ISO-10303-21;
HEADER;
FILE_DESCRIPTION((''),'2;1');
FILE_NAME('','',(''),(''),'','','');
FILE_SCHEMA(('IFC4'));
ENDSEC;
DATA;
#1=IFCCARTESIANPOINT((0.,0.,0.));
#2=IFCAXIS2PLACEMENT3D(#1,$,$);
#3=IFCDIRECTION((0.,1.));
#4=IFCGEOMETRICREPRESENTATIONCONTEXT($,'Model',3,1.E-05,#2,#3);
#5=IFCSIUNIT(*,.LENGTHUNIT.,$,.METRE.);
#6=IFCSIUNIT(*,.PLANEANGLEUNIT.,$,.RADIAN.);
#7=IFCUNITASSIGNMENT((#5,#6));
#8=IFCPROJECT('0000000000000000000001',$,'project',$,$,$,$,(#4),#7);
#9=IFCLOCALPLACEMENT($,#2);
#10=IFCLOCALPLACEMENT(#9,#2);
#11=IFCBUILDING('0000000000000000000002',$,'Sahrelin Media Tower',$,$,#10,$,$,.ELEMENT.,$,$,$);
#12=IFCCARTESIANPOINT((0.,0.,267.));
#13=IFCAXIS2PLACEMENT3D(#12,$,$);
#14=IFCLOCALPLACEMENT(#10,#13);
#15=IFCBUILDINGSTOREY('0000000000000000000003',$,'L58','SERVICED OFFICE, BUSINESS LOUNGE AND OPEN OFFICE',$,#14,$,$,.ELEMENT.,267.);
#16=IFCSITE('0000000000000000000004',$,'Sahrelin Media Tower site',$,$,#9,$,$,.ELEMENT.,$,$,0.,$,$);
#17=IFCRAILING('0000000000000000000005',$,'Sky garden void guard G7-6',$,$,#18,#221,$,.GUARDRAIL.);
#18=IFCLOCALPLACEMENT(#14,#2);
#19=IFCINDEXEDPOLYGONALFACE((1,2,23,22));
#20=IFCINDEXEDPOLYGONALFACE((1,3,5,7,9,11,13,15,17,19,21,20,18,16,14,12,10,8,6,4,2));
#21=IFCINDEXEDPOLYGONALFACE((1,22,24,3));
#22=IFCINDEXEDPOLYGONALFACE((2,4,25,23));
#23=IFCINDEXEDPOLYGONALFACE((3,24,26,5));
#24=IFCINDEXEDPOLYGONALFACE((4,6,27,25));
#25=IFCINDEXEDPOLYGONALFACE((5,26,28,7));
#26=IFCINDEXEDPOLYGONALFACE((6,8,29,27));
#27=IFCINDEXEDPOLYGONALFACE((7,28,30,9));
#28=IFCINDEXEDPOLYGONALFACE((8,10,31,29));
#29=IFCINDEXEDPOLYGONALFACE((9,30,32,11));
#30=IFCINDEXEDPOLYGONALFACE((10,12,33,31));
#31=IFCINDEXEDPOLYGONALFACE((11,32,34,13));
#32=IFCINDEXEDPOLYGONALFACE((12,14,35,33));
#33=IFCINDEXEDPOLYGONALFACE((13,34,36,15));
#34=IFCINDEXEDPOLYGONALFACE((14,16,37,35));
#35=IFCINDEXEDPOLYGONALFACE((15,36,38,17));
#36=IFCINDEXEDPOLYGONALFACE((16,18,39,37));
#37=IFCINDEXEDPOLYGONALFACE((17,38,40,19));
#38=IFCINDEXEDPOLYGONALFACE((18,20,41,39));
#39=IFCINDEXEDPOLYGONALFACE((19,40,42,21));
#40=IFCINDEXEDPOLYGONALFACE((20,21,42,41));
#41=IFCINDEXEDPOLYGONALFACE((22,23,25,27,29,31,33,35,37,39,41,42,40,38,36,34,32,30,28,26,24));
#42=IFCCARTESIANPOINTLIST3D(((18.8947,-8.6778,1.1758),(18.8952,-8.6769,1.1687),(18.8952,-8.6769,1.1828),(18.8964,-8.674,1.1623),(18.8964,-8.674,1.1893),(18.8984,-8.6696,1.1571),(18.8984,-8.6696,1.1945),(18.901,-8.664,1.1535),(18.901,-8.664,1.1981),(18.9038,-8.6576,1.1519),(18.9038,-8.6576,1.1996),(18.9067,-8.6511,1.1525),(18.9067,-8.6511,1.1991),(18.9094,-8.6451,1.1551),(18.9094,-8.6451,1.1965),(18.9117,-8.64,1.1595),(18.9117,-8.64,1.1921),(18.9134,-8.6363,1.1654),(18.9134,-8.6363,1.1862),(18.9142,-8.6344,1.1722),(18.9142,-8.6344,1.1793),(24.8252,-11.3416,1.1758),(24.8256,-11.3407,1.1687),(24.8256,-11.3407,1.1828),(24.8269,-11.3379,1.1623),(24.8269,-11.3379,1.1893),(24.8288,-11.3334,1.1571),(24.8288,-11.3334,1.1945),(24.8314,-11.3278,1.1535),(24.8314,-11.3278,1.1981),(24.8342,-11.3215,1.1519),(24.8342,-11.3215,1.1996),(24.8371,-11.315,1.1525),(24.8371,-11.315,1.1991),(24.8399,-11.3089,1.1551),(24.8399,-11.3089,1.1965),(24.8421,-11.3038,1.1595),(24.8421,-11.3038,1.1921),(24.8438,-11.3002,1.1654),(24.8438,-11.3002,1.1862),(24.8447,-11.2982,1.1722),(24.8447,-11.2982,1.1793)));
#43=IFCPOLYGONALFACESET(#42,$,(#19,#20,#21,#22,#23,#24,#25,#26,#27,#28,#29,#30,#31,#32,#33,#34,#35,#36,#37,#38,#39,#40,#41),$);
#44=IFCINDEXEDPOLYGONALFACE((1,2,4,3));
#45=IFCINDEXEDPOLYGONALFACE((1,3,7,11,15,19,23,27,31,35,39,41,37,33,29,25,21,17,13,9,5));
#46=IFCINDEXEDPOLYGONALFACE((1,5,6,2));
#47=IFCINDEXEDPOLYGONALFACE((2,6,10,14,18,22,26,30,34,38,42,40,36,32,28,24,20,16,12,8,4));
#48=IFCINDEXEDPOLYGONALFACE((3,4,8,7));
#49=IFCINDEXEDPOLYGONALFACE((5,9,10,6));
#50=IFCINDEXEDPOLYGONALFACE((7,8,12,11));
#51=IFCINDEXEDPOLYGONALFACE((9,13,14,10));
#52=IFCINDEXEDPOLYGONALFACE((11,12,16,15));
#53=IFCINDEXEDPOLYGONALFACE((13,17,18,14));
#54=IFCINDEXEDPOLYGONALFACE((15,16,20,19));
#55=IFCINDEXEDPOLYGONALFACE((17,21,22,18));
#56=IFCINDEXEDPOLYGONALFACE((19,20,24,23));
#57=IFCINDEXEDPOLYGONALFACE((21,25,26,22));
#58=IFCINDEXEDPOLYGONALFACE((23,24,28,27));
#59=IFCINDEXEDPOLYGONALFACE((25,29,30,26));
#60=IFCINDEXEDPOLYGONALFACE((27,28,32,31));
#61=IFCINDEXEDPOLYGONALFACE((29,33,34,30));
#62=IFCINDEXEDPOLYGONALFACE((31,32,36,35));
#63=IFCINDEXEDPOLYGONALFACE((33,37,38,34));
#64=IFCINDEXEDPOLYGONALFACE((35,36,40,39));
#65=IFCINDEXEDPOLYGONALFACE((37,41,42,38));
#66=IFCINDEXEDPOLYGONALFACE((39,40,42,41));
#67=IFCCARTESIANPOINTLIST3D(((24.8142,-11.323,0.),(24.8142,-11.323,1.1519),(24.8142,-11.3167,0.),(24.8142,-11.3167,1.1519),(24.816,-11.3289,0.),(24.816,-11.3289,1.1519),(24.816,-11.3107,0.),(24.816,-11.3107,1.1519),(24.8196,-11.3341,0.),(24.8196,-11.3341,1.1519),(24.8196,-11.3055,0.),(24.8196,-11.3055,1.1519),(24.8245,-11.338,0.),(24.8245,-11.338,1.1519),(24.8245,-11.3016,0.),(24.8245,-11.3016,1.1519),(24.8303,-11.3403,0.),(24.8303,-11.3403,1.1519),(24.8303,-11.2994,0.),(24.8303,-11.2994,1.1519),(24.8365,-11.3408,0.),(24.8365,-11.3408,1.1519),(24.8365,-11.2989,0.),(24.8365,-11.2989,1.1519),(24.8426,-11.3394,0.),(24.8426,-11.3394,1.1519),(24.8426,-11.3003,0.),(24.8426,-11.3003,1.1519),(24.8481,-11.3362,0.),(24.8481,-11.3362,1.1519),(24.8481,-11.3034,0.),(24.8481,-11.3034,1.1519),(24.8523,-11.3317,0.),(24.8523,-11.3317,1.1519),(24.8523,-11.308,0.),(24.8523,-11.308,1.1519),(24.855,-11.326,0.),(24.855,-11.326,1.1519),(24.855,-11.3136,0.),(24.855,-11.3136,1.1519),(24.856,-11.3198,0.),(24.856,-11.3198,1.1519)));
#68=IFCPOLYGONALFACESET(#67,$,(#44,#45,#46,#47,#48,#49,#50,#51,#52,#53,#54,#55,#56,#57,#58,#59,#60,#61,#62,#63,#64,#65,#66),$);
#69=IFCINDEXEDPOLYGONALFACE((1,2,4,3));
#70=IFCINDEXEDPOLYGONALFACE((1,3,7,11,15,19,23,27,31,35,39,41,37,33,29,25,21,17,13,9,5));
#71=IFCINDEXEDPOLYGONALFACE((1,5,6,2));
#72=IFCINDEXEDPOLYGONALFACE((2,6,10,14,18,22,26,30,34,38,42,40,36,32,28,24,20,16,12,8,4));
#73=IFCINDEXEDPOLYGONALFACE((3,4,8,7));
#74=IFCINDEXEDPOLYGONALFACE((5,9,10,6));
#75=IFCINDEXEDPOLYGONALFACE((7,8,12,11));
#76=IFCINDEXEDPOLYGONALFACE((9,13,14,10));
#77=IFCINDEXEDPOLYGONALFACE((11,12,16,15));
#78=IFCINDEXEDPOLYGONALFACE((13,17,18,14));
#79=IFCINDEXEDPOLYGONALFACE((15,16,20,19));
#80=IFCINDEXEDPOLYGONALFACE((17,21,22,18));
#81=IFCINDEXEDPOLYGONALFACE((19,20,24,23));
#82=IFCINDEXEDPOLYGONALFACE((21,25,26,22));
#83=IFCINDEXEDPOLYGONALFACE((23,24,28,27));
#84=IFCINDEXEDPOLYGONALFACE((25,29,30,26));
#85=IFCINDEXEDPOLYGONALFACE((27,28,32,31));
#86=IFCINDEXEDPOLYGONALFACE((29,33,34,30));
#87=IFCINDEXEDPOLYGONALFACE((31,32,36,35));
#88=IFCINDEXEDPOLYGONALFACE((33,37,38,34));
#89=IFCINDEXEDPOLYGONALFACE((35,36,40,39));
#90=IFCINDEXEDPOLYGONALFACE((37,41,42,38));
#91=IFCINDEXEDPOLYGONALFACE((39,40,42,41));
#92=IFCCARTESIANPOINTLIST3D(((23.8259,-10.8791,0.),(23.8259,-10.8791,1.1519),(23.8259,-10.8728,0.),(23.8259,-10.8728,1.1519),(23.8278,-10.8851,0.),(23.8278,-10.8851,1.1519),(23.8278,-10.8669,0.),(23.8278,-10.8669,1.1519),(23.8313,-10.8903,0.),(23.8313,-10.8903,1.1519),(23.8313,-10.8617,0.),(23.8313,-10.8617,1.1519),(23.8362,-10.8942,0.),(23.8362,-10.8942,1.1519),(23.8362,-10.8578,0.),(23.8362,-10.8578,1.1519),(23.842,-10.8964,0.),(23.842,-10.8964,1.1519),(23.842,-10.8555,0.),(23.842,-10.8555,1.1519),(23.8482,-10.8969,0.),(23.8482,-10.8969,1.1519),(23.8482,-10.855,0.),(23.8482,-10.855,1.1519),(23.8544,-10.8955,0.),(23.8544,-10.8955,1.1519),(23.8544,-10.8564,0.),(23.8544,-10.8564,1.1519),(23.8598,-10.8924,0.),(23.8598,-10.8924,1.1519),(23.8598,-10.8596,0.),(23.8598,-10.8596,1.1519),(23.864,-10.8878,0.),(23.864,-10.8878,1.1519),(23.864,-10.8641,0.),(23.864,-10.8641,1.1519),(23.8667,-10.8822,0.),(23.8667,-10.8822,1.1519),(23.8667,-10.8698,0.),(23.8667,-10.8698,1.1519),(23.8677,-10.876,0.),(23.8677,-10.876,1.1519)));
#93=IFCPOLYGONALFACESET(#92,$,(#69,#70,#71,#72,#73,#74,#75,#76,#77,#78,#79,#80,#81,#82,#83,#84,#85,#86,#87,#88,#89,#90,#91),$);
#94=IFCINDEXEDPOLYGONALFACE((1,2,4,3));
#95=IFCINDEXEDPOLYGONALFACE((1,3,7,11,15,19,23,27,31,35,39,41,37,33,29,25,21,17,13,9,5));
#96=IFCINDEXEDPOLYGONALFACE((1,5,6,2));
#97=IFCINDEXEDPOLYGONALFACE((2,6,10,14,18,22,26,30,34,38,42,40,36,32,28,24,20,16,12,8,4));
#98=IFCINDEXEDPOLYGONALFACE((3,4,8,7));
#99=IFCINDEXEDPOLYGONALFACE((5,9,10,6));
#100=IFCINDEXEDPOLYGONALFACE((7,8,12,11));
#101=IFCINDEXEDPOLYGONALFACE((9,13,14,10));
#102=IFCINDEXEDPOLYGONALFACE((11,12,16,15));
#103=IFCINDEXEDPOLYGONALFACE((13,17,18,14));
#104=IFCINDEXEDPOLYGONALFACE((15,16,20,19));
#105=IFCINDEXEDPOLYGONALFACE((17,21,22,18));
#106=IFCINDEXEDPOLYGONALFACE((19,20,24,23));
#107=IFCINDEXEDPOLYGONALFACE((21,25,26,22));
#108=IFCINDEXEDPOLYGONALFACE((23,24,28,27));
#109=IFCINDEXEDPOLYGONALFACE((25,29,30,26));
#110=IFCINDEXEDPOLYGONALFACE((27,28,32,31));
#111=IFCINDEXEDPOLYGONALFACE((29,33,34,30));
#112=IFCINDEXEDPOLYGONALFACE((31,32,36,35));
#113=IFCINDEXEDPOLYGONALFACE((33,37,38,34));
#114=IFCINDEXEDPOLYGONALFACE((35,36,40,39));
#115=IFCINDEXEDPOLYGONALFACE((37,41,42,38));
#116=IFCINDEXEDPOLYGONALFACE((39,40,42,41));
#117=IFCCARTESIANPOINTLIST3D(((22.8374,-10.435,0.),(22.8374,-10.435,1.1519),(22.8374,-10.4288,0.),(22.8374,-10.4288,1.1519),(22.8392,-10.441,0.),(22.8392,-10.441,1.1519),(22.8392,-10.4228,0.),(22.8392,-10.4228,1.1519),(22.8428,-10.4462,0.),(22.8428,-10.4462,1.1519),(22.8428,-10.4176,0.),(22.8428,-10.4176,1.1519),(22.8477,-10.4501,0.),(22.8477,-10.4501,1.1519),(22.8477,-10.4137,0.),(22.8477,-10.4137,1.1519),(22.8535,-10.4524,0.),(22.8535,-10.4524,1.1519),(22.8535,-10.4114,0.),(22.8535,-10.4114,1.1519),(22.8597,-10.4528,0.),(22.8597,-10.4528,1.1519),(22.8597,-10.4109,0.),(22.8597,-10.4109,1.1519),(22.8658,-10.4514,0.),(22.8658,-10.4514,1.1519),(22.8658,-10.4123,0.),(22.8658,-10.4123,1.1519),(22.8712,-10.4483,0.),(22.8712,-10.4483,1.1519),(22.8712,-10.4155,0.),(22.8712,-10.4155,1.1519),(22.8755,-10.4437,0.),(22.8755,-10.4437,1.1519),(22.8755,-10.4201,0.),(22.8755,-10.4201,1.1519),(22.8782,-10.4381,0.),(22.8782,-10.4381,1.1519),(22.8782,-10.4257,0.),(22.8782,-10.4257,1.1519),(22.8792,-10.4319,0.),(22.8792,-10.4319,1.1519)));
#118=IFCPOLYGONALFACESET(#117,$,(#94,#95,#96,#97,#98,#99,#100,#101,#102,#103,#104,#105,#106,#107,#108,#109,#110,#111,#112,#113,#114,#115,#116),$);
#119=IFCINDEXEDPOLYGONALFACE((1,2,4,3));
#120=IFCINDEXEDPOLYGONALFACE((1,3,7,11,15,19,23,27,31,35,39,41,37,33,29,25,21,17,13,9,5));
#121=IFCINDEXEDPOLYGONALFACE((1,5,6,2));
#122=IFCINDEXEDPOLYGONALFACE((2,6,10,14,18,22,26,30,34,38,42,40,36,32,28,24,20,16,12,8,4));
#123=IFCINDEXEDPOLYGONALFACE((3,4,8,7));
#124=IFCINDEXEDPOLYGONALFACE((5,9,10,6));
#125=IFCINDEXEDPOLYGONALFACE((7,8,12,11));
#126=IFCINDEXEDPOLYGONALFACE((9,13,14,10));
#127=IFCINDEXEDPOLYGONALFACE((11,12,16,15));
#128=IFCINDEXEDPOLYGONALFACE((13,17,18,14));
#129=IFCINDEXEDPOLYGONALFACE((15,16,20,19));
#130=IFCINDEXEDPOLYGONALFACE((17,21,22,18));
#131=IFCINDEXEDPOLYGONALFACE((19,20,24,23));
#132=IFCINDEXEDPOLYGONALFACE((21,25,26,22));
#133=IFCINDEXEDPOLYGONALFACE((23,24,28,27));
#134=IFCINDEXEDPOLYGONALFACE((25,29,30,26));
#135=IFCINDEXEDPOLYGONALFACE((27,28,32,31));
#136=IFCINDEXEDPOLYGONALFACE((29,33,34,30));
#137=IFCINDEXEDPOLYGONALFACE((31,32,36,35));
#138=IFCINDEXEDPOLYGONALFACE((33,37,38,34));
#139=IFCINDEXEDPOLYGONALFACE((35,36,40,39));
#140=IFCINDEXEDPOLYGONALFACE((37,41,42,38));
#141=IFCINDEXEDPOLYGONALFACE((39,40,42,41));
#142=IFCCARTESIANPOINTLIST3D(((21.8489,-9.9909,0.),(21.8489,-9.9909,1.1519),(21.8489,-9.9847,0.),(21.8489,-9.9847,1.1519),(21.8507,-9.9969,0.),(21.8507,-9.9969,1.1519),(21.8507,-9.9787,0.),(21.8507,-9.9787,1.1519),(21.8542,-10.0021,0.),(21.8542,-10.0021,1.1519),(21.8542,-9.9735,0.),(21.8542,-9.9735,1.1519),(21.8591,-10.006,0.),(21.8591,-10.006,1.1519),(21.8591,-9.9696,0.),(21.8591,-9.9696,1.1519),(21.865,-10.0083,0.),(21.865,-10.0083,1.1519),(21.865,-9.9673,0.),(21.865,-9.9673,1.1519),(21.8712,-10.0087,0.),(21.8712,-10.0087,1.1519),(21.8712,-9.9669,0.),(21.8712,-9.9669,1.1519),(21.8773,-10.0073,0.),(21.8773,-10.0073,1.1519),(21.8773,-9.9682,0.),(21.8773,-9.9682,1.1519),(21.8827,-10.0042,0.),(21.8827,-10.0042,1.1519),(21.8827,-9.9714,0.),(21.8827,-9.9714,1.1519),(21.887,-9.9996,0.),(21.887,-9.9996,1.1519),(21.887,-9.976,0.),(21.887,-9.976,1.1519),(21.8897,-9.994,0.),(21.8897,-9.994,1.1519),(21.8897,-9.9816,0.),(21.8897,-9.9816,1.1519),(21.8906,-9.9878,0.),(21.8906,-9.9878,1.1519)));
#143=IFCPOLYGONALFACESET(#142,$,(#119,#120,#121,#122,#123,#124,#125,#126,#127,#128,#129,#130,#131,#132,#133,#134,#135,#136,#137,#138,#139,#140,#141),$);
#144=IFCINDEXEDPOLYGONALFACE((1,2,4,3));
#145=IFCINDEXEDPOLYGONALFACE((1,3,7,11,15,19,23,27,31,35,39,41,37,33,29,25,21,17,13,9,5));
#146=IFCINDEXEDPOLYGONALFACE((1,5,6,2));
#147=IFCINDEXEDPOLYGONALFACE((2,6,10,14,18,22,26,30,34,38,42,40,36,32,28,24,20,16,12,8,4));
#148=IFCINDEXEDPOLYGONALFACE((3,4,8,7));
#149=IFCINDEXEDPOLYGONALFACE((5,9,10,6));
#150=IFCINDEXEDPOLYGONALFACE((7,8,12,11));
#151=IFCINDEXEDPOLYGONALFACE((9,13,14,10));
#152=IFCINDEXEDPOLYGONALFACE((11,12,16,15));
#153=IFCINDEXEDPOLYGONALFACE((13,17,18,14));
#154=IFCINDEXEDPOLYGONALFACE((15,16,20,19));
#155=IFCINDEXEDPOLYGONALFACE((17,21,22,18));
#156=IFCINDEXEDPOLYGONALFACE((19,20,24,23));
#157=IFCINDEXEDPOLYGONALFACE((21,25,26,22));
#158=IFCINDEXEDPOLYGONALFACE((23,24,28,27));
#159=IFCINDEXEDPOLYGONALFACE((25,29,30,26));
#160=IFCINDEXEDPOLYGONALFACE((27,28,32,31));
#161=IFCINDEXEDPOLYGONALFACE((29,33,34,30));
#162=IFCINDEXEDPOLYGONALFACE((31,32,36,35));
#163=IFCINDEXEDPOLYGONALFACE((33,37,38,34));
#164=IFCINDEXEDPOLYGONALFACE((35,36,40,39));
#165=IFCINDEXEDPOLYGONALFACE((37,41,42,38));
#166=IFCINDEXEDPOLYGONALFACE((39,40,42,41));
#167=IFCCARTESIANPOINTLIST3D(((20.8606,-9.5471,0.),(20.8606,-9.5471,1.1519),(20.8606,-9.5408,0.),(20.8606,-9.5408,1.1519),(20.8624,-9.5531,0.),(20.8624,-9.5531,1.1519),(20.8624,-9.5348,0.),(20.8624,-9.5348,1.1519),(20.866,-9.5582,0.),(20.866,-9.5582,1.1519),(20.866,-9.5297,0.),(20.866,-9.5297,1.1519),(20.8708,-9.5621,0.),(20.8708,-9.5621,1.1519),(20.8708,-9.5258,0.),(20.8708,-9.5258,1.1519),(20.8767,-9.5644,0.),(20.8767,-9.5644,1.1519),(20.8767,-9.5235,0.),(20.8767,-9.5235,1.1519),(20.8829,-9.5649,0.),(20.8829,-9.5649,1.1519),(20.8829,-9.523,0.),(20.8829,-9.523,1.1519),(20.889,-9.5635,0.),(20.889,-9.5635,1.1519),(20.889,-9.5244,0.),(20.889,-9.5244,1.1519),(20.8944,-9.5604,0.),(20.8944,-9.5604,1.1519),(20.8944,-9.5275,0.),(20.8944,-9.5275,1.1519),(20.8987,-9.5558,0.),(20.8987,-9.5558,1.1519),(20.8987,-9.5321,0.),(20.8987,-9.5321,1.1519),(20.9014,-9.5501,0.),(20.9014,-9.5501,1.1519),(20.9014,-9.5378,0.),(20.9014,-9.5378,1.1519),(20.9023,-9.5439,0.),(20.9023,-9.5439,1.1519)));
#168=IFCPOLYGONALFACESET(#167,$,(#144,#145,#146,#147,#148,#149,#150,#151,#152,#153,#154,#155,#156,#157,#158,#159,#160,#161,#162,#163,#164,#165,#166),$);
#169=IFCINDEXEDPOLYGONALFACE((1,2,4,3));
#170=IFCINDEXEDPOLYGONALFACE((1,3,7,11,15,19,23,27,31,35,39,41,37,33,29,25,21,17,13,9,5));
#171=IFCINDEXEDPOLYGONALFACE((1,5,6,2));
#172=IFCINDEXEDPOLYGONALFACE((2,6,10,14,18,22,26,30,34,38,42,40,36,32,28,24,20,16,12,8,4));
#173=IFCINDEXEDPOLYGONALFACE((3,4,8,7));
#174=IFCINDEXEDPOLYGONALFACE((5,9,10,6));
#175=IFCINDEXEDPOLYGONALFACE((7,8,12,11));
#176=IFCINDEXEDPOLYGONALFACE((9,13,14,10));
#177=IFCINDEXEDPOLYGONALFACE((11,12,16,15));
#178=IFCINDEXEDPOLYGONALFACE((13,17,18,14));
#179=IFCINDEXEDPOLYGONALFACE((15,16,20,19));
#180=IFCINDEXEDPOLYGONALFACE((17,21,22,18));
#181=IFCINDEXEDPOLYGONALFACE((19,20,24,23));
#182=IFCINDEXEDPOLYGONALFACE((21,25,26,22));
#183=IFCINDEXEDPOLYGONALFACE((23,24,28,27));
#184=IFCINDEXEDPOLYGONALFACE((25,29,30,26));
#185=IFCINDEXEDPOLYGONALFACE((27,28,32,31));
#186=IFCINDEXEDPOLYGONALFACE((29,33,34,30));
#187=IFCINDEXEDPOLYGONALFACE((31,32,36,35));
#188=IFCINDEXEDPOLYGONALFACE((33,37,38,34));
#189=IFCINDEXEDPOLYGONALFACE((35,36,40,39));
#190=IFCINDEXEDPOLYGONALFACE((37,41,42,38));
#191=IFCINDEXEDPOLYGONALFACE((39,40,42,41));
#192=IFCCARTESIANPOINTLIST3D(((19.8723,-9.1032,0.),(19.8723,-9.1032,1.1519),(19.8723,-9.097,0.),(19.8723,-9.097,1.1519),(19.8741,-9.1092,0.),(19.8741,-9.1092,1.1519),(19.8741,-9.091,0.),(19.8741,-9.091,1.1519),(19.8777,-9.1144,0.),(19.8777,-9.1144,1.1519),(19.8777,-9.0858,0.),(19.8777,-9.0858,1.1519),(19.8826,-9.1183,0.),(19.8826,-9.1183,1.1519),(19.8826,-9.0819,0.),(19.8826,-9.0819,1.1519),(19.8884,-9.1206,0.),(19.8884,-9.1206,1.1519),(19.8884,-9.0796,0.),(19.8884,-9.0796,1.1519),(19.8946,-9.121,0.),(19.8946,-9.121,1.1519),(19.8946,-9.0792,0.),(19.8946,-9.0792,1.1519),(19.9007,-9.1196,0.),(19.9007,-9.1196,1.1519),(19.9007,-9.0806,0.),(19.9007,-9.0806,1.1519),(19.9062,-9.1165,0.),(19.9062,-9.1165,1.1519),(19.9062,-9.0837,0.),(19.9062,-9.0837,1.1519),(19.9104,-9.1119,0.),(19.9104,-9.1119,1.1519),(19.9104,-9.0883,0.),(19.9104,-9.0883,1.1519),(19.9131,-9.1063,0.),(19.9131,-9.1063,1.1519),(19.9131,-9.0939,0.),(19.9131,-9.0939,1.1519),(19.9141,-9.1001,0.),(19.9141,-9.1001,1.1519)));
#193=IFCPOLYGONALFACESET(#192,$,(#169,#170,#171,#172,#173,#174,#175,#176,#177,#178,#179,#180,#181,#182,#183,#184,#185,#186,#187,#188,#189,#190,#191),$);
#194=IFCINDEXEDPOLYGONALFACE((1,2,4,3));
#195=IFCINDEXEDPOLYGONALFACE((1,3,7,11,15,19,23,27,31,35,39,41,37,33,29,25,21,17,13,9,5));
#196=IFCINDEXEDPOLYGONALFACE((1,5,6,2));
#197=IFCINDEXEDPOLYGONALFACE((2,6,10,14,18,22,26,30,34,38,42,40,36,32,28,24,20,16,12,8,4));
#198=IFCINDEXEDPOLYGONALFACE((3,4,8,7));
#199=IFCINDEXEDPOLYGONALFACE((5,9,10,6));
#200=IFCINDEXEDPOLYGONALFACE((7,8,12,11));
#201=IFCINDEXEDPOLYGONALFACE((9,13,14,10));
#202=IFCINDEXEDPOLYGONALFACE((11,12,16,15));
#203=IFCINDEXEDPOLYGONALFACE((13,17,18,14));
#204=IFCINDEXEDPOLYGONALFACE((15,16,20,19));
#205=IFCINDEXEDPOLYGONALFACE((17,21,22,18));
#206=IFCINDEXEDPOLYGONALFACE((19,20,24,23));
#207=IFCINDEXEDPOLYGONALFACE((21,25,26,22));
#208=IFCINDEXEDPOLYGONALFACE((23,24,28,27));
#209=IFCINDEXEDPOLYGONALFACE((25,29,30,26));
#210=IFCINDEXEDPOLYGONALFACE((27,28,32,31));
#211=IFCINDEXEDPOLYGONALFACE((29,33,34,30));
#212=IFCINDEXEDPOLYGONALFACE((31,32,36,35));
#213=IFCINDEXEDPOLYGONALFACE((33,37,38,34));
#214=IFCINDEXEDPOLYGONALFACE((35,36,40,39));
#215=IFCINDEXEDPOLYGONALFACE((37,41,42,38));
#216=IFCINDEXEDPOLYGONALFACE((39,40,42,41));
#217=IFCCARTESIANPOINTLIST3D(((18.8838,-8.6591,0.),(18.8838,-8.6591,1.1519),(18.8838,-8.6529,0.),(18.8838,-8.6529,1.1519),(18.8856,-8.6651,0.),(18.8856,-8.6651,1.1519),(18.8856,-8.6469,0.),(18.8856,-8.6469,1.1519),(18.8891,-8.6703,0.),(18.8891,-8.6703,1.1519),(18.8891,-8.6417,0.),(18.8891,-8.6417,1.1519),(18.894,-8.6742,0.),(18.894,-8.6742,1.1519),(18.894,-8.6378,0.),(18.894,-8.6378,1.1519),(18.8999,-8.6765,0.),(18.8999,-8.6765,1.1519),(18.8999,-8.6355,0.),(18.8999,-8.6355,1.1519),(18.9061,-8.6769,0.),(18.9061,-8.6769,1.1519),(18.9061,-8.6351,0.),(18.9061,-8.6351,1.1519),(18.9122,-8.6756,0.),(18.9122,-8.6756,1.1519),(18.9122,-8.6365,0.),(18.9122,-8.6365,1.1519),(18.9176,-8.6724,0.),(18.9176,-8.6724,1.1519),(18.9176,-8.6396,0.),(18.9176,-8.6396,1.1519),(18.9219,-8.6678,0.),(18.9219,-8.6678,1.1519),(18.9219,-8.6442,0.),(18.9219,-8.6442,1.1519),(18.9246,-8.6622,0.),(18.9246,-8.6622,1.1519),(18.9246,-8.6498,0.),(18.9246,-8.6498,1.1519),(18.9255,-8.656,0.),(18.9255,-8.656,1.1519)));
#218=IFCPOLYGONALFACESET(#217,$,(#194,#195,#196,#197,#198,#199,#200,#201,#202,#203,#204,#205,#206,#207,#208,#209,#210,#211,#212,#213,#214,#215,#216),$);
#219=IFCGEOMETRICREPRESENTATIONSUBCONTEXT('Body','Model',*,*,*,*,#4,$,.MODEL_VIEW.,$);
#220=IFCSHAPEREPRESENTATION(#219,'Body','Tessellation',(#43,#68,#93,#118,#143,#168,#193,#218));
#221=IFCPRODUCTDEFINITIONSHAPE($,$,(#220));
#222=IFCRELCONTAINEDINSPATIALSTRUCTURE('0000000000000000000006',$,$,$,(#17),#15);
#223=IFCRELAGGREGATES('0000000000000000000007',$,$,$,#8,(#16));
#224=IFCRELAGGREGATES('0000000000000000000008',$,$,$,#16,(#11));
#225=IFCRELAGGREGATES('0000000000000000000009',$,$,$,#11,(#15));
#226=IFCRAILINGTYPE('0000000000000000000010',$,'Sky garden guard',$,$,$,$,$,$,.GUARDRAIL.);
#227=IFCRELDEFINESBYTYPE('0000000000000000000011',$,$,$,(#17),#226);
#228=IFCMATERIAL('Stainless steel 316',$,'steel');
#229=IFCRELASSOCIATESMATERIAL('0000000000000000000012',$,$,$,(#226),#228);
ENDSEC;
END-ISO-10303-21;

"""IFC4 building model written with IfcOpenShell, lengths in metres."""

from ifc_helpers import new_model, si_unit, direction, frame, origin, origin_2d, place, context, subcontext, project, spatial, circle, extrude, material, type_object, element, save


model = new_model("IFC4")

# Units and contexts
model_context = context("Model", 3, precision=1e-05, world=origin(), true_north=direction((0.0, 1.0)))
body_context = subcontext(model_context, "Body", "Model", "MODEL_VIEW")
ifc_project = project(units=[si_unit("LENGTHUNIT", "METRE"), si_unit("PLANEANGLEUNIT", "RADIAN")], contexts=[model_context])

# Site, building, storey
site_placement = place(None, origin())
site = spatial("IfcSite", under=ifc_project, at=site_placement, Name="Sahrelin Media Tower site", CompositionType="ELEMENT", RefElevation=0.0)
building_placement = place(site_placement, origin())
building = spatial("IfcBuilding", under=site, at=building_placement, Name="Sahrelin Media Tower", CompositionType="ELEMENT")
storey_placement = place(building_placement, frame((0.0, 0.0, 267.0)))
storey = spatial("IfcBuildingStorey", under=building, at=storey_placement, Name="L58", Description="SERVICED OFFICE, BUSINESS LOUNGE AND OPEN OFFICE", CompositionType="ELEMENT", Elevation=267.0)

# Railing
ifc_material_1 = material(Name="Stainless steel 316", Category="steel")
railing_type = type_object("IfcRailingType", Name="Sky garden guard", PredefinedType="GUARDRAIL", material=ifc_material_1)
railing_1_placement = place(storey_placement, frame((24.835, -11.3198, 0.0)))
element("IfcRailing", 1, at=railing_1_placement, inside=storey, type_object=railing_type, Name="Sky garden void guard G7-6", PredefinedType="GUARDRAIL", context=body_context, shape_type="SweptSolid", body=[
    extrude(circle(Radius=0.0239, at=origin_2d()), frame((0.0, 0.0, 1.1758), z_axis=(-0.912202, 0.409742, 0.0), x_axis=(-0.409742, -0.912202, 0.0)), (0.0, 0.0, 1.0), 6.5012),
    extrude(circle(Radius=0.021, at=origin_2d()), origin(), (0.0, 0.0, 1.0), 1.1519),
    extrude(circle(Radius=0.021, at=origin_2d()), frame((-0.9883, 0.4438, 0.0)), (0.0, 0.0, 1.0), 1.1519),
    extrude(circle(Radius=0.021, at=origin_2d()), frame((-1.9768, 0.8879, 0.0)), (0.0, 0.0, 1.0), 1.1519),
    extrude(circle(Radius=0.021, at=origin_2d()), frame((-2.9653, 1.332, 0.0)), (0.0, 0.0, 1.0), 1.1519),
    extrude(circle(Radius=0.021, at=origin_2d()), frame((-3.9536, 1.7759, 0.0)), (0.0, 0.0, 1.0), 1.1519),
    extrude(circle(Radius=0.021, at=origin_2d()), frame((-4.9419, 2.2197, 0.0)), (0.0, 0.0, 1.0), 1.1519),
    extrude(circle(Radius=0.021, at=origin_2d()), frame((-5.9304, 2.6638, 0.0)), (0.0, 0.0, 1.0), 1.1519),
])

save(model, "model.ifc")
